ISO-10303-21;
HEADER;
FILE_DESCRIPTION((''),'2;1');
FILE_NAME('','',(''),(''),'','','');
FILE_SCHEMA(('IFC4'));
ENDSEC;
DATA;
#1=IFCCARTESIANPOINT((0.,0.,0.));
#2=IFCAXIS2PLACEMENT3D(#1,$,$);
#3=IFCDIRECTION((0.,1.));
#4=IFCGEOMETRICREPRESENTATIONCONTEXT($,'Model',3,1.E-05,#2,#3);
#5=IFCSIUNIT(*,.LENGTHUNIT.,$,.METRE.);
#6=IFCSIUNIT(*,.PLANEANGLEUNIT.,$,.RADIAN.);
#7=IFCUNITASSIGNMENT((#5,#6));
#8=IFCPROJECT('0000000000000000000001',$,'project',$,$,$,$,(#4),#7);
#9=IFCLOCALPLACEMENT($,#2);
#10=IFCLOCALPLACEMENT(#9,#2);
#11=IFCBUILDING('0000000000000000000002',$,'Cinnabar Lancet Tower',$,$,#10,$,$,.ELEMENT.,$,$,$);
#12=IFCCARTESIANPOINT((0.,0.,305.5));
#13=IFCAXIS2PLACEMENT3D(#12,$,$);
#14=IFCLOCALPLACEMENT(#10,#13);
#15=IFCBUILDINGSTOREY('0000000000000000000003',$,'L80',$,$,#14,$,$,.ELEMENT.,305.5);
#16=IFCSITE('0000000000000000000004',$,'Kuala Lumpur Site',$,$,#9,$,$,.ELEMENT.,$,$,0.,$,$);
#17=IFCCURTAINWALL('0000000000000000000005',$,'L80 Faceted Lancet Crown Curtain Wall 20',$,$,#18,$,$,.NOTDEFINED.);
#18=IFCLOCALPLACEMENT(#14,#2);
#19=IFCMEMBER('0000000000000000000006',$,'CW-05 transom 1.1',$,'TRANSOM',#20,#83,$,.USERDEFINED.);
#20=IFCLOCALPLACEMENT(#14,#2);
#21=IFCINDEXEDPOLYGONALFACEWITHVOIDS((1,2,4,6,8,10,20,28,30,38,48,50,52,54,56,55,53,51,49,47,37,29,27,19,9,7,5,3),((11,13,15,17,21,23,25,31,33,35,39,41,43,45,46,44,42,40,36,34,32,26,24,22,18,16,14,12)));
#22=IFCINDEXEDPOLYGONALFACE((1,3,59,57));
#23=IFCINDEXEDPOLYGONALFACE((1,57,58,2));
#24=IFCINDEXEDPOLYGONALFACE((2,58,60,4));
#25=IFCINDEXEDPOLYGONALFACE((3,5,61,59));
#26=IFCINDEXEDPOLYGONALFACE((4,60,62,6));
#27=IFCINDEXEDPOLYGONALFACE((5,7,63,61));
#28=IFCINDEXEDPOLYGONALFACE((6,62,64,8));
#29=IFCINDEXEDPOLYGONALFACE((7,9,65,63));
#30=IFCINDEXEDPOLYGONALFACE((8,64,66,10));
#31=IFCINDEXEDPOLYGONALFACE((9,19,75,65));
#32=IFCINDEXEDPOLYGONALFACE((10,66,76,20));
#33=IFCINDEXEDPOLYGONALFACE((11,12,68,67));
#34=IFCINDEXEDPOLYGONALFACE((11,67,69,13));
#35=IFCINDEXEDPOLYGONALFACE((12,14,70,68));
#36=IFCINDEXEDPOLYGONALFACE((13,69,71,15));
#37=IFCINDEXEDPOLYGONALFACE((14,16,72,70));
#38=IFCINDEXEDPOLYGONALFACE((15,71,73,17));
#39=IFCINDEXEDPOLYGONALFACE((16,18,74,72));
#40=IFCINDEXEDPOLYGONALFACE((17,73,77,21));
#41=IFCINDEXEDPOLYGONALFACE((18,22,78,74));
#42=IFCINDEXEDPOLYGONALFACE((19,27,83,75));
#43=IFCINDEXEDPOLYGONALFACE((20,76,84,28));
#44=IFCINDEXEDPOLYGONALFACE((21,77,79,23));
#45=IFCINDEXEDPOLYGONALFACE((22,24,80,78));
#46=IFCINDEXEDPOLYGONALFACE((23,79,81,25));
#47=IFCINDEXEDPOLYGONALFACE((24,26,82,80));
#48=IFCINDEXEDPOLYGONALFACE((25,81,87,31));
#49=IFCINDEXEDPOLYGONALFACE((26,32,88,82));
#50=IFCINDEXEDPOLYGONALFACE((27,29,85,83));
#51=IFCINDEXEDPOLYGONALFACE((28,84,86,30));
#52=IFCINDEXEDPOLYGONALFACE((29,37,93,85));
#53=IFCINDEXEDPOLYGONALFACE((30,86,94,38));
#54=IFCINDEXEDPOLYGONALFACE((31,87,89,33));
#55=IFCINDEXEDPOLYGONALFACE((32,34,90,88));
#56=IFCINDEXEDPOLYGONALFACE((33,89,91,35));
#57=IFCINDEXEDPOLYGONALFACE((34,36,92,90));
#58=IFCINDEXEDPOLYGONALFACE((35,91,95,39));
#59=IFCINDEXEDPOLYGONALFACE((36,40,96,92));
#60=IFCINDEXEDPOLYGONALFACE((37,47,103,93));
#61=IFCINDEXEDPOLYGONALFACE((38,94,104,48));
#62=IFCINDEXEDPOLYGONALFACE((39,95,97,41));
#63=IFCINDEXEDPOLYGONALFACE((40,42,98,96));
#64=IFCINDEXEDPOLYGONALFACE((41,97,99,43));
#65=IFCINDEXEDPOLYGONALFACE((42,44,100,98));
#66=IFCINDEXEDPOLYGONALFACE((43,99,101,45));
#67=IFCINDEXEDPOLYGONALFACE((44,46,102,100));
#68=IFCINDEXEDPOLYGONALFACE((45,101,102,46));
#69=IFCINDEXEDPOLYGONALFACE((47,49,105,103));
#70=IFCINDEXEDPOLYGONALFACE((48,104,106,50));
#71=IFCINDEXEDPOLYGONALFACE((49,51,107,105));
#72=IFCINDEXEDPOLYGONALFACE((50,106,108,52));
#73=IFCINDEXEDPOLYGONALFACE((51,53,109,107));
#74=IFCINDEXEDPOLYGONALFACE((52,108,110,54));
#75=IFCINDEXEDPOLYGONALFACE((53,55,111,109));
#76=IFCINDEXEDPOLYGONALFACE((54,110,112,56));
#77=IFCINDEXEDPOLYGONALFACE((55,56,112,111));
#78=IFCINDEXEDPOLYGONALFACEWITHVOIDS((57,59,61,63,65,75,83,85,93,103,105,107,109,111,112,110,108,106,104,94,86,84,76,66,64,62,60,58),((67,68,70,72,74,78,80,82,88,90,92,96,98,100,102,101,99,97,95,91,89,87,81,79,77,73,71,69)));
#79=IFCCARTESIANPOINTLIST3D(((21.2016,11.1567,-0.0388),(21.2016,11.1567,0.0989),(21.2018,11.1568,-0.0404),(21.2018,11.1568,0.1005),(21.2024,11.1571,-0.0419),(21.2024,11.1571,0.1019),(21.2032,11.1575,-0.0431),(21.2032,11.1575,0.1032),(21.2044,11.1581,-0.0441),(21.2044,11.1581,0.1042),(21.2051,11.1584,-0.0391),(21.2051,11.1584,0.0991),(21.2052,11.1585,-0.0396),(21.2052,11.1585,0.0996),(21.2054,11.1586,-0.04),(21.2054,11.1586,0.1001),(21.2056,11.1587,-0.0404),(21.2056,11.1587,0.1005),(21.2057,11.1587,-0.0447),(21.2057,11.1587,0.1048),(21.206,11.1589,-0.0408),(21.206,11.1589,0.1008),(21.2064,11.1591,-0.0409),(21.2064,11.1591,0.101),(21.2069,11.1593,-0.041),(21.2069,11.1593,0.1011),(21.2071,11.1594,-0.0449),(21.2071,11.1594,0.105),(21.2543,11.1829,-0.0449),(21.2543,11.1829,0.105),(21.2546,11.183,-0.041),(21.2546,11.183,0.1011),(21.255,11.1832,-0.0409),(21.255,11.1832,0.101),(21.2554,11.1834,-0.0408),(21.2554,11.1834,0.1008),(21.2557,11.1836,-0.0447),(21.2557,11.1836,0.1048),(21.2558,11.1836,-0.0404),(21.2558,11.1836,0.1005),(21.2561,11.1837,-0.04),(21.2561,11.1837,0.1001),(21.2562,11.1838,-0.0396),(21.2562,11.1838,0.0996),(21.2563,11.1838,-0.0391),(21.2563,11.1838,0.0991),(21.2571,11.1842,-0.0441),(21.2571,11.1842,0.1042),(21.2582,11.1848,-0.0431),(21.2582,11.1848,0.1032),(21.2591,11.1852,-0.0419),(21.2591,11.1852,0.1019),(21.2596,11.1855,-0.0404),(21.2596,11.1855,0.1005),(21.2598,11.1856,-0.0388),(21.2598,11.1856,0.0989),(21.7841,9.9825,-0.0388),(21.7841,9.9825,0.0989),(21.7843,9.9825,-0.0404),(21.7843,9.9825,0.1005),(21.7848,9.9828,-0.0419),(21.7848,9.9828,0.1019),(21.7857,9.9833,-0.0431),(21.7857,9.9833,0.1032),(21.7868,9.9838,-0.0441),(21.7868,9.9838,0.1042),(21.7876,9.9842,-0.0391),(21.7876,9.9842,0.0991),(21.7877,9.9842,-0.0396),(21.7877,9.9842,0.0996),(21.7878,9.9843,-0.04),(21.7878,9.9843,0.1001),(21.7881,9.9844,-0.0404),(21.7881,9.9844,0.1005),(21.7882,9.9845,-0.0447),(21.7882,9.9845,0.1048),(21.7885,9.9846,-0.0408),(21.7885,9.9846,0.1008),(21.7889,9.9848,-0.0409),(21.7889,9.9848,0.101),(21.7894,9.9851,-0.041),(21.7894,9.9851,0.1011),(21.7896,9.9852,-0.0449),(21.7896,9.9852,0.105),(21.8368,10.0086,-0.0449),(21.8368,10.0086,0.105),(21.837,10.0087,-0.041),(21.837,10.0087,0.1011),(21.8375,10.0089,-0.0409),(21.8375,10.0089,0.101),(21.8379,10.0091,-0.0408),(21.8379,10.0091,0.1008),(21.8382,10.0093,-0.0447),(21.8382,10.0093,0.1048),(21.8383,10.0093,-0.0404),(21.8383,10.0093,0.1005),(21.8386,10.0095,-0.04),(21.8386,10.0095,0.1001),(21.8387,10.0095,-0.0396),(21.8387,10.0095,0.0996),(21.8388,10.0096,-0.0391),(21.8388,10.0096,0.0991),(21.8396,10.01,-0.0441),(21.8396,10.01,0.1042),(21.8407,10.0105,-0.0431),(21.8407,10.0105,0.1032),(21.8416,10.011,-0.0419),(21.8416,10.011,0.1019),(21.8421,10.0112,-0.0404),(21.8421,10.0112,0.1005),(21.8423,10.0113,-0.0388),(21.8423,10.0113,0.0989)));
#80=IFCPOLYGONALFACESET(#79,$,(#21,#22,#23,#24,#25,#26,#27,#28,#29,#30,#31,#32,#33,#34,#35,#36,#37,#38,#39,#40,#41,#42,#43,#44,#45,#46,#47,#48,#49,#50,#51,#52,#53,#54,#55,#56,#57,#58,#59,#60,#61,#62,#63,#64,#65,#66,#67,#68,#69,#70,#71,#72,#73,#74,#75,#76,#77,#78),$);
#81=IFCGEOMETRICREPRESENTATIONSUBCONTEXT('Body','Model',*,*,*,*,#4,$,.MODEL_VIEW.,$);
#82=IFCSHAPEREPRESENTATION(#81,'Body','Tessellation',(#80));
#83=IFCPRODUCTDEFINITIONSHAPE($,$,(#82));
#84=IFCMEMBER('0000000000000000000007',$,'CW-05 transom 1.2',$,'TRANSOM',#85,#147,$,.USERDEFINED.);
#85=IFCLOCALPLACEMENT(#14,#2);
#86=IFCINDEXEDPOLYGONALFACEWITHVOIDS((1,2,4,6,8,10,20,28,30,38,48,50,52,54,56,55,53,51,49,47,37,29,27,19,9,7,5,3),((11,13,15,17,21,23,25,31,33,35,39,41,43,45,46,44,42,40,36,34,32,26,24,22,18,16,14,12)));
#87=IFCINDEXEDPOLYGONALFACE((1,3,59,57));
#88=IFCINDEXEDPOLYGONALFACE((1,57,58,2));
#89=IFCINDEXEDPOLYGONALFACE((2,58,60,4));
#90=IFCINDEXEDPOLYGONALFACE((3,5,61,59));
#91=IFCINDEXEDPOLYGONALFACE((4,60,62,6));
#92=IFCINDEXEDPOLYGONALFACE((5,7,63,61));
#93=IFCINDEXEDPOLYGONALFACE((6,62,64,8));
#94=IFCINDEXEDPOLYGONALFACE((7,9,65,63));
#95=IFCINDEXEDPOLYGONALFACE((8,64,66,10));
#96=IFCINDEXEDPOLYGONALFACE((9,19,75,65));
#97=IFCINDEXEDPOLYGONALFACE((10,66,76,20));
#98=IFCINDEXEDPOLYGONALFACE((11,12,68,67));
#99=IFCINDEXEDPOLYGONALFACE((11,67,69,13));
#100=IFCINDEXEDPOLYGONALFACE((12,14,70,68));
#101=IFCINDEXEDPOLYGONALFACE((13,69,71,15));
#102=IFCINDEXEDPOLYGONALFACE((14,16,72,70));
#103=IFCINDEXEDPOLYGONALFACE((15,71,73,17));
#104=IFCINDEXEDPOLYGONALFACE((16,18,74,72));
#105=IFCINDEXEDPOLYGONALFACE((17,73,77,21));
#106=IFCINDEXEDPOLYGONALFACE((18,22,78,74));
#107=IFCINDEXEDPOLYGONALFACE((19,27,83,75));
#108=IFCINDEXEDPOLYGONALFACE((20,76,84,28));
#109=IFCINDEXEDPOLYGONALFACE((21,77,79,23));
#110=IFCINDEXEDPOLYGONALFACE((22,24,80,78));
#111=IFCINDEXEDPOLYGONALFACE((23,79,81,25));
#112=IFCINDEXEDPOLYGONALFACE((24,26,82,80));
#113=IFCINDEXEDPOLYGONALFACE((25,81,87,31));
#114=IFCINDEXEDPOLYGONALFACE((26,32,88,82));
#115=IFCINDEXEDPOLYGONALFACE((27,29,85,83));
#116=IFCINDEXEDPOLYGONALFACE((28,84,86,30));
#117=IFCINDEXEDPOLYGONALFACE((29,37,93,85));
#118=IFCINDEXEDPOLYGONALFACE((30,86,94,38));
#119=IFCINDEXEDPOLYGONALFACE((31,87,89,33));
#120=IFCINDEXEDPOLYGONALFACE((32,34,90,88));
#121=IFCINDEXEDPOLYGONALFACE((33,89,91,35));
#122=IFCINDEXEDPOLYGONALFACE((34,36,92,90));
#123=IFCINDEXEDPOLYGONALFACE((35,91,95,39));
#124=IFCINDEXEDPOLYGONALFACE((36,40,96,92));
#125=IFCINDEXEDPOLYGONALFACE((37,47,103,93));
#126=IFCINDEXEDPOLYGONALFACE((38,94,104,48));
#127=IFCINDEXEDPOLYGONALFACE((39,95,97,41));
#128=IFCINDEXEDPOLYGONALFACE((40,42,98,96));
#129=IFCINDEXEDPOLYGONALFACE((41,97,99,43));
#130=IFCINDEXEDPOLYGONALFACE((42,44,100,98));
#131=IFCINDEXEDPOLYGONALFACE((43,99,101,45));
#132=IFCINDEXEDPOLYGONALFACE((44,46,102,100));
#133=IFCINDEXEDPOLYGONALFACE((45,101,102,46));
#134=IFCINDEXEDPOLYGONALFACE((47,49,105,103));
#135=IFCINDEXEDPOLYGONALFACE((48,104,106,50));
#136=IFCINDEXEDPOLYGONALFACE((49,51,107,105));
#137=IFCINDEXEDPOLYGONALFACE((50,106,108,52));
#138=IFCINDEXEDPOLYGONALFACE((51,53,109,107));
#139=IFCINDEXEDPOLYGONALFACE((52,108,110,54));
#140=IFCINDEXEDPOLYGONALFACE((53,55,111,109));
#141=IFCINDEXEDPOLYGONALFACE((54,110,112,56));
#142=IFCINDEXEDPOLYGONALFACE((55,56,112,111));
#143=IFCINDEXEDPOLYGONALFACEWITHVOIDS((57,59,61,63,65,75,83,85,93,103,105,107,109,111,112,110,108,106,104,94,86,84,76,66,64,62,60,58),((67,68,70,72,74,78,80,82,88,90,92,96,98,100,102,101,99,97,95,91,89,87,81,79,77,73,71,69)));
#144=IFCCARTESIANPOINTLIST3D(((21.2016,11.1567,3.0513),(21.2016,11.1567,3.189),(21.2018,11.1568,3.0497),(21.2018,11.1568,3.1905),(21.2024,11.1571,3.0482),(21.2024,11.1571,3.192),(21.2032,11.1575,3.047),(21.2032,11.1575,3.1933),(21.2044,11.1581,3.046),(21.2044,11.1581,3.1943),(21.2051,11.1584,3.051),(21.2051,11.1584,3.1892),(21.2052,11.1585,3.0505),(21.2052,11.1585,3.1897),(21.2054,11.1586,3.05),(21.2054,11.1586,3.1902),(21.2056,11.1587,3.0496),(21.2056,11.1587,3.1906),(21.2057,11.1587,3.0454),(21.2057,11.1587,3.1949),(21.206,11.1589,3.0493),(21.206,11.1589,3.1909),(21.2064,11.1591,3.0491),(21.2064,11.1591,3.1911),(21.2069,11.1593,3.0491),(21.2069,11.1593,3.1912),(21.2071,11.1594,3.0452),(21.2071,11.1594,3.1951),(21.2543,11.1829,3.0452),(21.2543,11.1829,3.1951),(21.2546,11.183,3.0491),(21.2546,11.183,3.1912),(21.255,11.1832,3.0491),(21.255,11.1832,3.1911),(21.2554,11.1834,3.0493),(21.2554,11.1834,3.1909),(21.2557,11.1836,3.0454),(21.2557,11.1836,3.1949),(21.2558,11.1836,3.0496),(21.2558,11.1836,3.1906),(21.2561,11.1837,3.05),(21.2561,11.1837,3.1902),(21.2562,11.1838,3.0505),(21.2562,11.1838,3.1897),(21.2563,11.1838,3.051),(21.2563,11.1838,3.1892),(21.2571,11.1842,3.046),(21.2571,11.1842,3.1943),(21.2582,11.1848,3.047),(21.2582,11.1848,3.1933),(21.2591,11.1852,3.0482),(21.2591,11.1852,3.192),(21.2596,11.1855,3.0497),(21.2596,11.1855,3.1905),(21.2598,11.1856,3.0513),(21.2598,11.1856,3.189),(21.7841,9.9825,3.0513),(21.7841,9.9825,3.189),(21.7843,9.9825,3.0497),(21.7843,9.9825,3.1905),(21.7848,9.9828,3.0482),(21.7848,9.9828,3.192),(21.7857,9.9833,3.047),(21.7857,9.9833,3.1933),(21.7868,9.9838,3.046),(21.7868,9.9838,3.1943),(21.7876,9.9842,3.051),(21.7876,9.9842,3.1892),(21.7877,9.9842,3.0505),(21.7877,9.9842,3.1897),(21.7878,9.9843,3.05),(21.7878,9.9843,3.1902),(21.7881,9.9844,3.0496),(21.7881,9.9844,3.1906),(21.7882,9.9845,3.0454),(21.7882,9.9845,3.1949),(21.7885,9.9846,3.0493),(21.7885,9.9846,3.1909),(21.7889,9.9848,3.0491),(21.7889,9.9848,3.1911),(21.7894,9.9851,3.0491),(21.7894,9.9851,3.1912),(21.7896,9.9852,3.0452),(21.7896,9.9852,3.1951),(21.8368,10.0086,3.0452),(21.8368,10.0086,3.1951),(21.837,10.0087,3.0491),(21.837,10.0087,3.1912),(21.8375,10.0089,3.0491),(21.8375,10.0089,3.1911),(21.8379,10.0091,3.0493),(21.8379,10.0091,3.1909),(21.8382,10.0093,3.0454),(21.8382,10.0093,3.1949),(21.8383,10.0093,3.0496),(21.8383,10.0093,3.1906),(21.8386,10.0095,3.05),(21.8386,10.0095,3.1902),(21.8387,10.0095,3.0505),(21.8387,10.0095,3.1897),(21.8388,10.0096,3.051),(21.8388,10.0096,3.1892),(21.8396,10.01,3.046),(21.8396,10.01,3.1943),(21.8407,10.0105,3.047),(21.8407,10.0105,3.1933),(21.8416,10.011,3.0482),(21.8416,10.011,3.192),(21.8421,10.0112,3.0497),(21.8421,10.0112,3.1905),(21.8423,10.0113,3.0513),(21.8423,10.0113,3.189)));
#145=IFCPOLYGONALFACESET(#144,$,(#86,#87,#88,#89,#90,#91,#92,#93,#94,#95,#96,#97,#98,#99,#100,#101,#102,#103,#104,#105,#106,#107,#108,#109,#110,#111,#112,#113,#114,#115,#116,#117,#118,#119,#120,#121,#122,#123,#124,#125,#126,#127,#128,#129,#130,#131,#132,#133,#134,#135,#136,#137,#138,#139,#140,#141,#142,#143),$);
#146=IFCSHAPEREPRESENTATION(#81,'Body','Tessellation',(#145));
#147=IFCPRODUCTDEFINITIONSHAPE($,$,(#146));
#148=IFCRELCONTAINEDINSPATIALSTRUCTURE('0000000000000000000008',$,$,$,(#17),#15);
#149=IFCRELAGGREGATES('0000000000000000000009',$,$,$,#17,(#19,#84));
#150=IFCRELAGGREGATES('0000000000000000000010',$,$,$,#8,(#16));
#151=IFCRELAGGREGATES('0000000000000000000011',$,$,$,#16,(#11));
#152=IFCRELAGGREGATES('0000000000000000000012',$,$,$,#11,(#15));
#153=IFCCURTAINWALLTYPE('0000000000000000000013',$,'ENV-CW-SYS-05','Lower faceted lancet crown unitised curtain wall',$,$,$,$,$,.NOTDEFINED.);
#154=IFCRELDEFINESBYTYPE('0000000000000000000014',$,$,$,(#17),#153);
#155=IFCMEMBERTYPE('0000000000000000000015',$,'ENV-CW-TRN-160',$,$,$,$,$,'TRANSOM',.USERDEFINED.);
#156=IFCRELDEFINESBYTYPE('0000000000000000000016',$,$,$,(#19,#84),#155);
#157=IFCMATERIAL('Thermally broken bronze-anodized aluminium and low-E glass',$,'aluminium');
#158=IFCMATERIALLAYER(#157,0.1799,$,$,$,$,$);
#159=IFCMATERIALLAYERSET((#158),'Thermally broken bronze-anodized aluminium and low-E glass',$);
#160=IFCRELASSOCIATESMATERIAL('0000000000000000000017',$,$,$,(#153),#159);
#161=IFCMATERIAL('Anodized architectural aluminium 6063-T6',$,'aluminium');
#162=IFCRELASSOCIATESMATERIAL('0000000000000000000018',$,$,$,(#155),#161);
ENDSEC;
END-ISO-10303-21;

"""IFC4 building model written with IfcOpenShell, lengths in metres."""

from ifc_helpers import new_model, si_unit, direction, frame, origin, origin_2d, place, context, subcontext, project, spatial, hollow_rectangle, extrude, material, layer, layer_set, material_profile, profile_set, type_object, element, aggregate, save


model = new_model("IFC4")

# Units and contexts
model_context = context("Model", 3, precision=1e-05, world=origin(), true_north=direction((0.0, 1.0)))
body_context = subcontext(model_context, "Body", "Model", "MODEL_VIEW")
ifc_project = project(units=[si_unit("LENGTHUNIT", "METRE"), si_unit("PLANEANGLEUNIT", "RADIAN")], contexts=[model_context])

# Site, building, storey
site_placement = place(None, origin())
site = spatial("IfcSite", under=ifc_project, at=site_placement, Name="Kuala Lumpur Site", CompositionType="ELEMENT", RefElevation=0.0)
building_placement = place(site_placement, origin())
building = spatial("IfcBuilding", under=site, at=building_placement, Name="Cinnabar Lancet Tower", CompositionType="ELEMENT")
storey_placement = place(building_placement, frame((0.0, 0.0, 305.5)))
storey = spatial("IfcBuildingStorey", under=building, at=storey_placement, Name="L80", CompositionType="ELEMENT", Elevation=305.5)

# Shared definitions
ifc_material_1 = material(Name="Thermally broken bronze-anodized aluminium and low-E glass", Category="aluminium")
ifc_layer_1 = layer(ifc_material_1, 0.1799)
ifc_layer_set_1 = layer_set([ifc_layer_1], Name="Thermally broken bronze-anodized aluminium and low-E glass")
curtain_wall_type = type_object("IfcCurtainWallType", Name="ENV-CW-SYS-05", Description="Lower faceted lancet crown unitised curtain wall", PredefinedType="NOTDEFINED", material=ifc_layer_set_1)

# Curtain wall
curtain_wall_1_placement = place(storey_placement, origin())
curtain_wall_1 = element("IfcCurtainWall", 1, at=curtain_wall_1_placement, inside=storey, type_object=curtain_wall_type, Name="L80 Faceted Lancet Crown Curtain Wall 20", PredefinedType="NOTDEFINED")

# Members
ifc_material_2 = material(Name="Anodized architectural aluminium 6063-T6", Category="aluminium")
ifc_material_profile_1 = material_profile(ifc_material_2, hollow_rectangle(XDim=0.0649, YDim=0.1499, WallThickness=0.0039, InnerFilletRadius=0.002, OuterFilletRadius=0.0061, at=origin_2d()), Name="CW-TRN 150x65x4")
ifc_profile_set_1 = profile_set([ifc_material_profile_1], Name="Anodized architectural aluminium 6063-T6")
member_type_1 = type_object("IfcMemberType", Name="ENV-CW-TRN-160", ElementType="TRANSOM", PredefinedType="USERDEFINED", material=ifc_profile_set_1)
member_1_placement = place(storey_placement, frame((21.2307, 11.1711, 0.03), z_axis=(0.44438, -0.895838, 0.0), x_axis=(0.895838, 0.44438, 0.0)))
member_1 = element("IfcMember", 2, at=member_1_placement, type_object=member_type_1, Name="CW-05 transom 1.1", ObjectType="TRANSOM", PredefinedType="USERDEFINED", context=body_context, shape_type="SweptSolid", body=[
    extrude(hollow_rectangle(XDim=0.0649, YDim=0.1499, WallThickness=0.0039, InnerFilletRadius=0.002, OuterFilletRadius=0.0061, at=origin_2d()), origin(), (0.0, 0.0, 1.0), 1.3108),
])
member_2_placement = place(storey_placement, frame((21.2307, 11.1711, 3.1201), z_axis=(0.44438, -0.895838, 0.0), x_axis=(0.895838, 0.44438, 0.0)))
member_2 = element("IfcMember", 3, at=member_2_placement, type_object=member_type_1, Name="CW-05 transom 1.2", ObjectType="TRANSOM", PredefinedType="USERDEFINED", context=body_context, shape_type="SweptSolid", body=[
    extrude(hollow_rectangle(XDim=0.0649, YDim=0.1499, WallThickness=0.0039, InnerFilletRadius=0.002, OuterFilletRadius=0.0061, at=origin_2d()), origin(), (0.0, 0.0, 1.0), 1.3108),
])

aggregate(curtain_wall_1, [member_1, member_2])

save(model, "model.ifc")
